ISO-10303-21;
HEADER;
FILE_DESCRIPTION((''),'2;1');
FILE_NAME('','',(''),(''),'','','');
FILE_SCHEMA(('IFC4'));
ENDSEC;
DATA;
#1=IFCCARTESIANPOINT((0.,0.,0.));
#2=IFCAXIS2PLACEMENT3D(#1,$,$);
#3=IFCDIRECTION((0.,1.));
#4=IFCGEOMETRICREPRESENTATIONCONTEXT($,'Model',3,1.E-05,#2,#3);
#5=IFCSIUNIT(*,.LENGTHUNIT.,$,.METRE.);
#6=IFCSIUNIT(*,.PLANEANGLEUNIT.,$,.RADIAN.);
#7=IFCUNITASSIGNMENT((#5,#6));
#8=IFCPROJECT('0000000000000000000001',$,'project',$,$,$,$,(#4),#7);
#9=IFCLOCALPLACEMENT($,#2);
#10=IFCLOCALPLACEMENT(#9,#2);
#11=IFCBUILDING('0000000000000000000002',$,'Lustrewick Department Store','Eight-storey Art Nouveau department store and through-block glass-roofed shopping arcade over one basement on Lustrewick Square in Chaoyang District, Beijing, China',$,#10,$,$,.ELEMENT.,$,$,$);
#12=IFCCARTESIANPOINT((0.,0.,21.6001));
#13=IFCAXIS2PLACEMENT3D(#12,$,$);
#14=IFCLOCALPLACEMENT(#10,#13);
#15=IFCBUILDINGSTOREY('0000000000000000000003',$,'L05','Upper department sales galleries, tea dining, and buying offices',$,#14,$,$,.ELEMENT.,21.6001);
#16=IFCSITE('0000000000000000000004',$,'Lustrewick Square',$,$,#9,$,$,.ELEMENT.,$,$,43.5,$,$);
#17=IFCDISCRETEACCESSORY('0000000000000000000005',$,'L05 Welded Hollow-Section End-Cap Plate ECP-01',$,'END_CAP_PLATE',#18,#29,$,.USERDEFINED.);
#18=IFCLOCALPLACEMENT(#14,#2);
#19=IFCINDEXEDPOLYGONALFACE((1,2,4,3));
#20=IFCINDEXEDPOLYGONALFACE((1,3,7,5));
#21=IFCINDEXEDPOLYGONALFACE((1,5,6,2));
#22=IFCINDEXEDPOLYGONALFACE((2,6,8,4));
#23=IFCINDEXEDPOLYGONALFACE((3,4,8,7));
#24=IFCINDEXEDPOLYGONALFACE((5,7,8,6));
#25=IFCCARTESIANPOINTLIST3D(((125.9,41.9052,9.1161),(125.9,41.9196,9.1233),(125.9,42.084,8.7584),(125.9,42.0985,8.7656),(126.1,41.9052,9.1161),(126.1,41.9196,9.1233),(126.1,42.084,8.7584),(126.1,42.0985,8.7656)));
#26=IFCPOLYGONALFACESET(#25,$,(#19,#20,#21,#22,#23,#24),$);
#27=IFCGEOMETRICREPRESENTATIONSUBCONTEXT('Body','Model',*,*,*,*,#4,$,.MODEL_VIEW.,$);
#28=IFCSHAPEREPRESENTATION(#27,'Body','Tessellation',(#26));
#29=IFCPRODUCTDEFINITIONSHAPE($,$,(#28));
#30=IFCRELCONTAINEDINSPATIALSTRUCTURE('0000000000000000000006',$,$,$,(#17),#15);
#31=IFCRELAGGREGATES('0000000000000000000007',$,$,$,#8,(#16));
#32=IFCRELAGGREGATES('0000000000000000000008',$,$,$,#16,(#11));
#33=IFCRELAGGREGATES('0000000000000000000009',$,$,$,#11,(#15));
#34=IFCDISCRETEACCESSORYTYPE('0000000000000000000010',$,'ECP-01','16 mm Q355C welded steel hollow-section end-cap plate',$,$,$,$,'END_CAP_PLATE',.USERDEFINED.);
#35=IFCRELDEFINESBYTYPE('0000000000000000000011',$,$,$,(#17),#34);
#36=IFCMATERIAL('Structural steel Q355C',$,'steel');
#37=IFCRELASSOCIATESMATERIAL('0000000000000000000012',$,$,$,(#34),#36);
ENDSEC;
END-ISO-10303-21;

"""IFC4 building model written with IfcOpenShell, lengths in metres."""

from ifc_helpers import new_model, si_unit, direction, frame, origin, origin_2d, place, context, subcontext, project, spatial, rectangle, extrude, material, type_object, element, save


model = new_model("IFC4")

# Units and contexts
model_context = context("Model", 3, precision=1e-05, world=origin(), true_north=direction((0.0, 1.0)))
body_context = subcontext(model_context, "Body", "Model", "MODEL_VIEW")
ifc_project = project(units=[si_unit("LENGTHUNIT", "METRE"), si_unit("PLANEANGLEUNIT", "RADIAN")], contexts=[model_context])

# Site, building, storey
site_placement = place(None, origin())
site = spatial("IfcSite", under=ifc_project, at=site_placement, Name="Lustrewick Square", CompositionType="ELEMENT", RefElevation=43.5)
building_placement = place(site_placement, origin())
building = spatial("IfcBuilding", under=site, at=building_placement, Name="Lustrewick Department Store", Description="Eight-storey Art Nouveau department store and through-block glass-roofed shopping arcade over one basement on Lustrewick Square in Chaoyang District, Beijing, China", CompositionType="ELEMENT")
storey_placement = place(building_placement, frame((0.0, 0.0, 21.6001)))
storey = spatial("IfcBuildingStorey", under=building, at=storey_placement, Name="L05", Description="Upper department sales galleries, tea dining, and buying offices", CompositionType="ELEMENT", Elevation=21.6001)

# Shared definitions
ifc_material_1 = material(Name="Structural steel Q355C", Category="steel")

# Discrete accessory
discrete_accessory_type = type_object("IfcDiscreteAccessoryType", Name="ECP-01", Description="16 mm Q355C welded steel hollow-section end-cap plate", ElementType="END_CAP_PLATE", PredefinedType="USERDEFINED", material=ifc_material_1)
discrete_accessory_1_placement = place(storey_placement, frame((126.0, 41.9946, 8.9373), z_axis=(0.0, 0.894427, 0.447214), x_axis=(-1.0, 0.0, 0.0)))
element("IfcDiscreteAccessory", 1, at=discrete_accessory_1_placement, inside=storey, type_object=discrete_accessory_type, Name="L05 Welded Hollow-Section End-Cap Plate ECP-01", ObjectType="END_CAP_PLATE", PredefinedType="USERDEFINED", context=body_context, shape_type="SweptSolid", body=[
    extrude(rectangle(XDim=0.2, YDim=0.3999, at=origin_2d()), origin(), (0.0, 0.0, 1.0), 0.0161),
])

save(model, "model.ifc")
